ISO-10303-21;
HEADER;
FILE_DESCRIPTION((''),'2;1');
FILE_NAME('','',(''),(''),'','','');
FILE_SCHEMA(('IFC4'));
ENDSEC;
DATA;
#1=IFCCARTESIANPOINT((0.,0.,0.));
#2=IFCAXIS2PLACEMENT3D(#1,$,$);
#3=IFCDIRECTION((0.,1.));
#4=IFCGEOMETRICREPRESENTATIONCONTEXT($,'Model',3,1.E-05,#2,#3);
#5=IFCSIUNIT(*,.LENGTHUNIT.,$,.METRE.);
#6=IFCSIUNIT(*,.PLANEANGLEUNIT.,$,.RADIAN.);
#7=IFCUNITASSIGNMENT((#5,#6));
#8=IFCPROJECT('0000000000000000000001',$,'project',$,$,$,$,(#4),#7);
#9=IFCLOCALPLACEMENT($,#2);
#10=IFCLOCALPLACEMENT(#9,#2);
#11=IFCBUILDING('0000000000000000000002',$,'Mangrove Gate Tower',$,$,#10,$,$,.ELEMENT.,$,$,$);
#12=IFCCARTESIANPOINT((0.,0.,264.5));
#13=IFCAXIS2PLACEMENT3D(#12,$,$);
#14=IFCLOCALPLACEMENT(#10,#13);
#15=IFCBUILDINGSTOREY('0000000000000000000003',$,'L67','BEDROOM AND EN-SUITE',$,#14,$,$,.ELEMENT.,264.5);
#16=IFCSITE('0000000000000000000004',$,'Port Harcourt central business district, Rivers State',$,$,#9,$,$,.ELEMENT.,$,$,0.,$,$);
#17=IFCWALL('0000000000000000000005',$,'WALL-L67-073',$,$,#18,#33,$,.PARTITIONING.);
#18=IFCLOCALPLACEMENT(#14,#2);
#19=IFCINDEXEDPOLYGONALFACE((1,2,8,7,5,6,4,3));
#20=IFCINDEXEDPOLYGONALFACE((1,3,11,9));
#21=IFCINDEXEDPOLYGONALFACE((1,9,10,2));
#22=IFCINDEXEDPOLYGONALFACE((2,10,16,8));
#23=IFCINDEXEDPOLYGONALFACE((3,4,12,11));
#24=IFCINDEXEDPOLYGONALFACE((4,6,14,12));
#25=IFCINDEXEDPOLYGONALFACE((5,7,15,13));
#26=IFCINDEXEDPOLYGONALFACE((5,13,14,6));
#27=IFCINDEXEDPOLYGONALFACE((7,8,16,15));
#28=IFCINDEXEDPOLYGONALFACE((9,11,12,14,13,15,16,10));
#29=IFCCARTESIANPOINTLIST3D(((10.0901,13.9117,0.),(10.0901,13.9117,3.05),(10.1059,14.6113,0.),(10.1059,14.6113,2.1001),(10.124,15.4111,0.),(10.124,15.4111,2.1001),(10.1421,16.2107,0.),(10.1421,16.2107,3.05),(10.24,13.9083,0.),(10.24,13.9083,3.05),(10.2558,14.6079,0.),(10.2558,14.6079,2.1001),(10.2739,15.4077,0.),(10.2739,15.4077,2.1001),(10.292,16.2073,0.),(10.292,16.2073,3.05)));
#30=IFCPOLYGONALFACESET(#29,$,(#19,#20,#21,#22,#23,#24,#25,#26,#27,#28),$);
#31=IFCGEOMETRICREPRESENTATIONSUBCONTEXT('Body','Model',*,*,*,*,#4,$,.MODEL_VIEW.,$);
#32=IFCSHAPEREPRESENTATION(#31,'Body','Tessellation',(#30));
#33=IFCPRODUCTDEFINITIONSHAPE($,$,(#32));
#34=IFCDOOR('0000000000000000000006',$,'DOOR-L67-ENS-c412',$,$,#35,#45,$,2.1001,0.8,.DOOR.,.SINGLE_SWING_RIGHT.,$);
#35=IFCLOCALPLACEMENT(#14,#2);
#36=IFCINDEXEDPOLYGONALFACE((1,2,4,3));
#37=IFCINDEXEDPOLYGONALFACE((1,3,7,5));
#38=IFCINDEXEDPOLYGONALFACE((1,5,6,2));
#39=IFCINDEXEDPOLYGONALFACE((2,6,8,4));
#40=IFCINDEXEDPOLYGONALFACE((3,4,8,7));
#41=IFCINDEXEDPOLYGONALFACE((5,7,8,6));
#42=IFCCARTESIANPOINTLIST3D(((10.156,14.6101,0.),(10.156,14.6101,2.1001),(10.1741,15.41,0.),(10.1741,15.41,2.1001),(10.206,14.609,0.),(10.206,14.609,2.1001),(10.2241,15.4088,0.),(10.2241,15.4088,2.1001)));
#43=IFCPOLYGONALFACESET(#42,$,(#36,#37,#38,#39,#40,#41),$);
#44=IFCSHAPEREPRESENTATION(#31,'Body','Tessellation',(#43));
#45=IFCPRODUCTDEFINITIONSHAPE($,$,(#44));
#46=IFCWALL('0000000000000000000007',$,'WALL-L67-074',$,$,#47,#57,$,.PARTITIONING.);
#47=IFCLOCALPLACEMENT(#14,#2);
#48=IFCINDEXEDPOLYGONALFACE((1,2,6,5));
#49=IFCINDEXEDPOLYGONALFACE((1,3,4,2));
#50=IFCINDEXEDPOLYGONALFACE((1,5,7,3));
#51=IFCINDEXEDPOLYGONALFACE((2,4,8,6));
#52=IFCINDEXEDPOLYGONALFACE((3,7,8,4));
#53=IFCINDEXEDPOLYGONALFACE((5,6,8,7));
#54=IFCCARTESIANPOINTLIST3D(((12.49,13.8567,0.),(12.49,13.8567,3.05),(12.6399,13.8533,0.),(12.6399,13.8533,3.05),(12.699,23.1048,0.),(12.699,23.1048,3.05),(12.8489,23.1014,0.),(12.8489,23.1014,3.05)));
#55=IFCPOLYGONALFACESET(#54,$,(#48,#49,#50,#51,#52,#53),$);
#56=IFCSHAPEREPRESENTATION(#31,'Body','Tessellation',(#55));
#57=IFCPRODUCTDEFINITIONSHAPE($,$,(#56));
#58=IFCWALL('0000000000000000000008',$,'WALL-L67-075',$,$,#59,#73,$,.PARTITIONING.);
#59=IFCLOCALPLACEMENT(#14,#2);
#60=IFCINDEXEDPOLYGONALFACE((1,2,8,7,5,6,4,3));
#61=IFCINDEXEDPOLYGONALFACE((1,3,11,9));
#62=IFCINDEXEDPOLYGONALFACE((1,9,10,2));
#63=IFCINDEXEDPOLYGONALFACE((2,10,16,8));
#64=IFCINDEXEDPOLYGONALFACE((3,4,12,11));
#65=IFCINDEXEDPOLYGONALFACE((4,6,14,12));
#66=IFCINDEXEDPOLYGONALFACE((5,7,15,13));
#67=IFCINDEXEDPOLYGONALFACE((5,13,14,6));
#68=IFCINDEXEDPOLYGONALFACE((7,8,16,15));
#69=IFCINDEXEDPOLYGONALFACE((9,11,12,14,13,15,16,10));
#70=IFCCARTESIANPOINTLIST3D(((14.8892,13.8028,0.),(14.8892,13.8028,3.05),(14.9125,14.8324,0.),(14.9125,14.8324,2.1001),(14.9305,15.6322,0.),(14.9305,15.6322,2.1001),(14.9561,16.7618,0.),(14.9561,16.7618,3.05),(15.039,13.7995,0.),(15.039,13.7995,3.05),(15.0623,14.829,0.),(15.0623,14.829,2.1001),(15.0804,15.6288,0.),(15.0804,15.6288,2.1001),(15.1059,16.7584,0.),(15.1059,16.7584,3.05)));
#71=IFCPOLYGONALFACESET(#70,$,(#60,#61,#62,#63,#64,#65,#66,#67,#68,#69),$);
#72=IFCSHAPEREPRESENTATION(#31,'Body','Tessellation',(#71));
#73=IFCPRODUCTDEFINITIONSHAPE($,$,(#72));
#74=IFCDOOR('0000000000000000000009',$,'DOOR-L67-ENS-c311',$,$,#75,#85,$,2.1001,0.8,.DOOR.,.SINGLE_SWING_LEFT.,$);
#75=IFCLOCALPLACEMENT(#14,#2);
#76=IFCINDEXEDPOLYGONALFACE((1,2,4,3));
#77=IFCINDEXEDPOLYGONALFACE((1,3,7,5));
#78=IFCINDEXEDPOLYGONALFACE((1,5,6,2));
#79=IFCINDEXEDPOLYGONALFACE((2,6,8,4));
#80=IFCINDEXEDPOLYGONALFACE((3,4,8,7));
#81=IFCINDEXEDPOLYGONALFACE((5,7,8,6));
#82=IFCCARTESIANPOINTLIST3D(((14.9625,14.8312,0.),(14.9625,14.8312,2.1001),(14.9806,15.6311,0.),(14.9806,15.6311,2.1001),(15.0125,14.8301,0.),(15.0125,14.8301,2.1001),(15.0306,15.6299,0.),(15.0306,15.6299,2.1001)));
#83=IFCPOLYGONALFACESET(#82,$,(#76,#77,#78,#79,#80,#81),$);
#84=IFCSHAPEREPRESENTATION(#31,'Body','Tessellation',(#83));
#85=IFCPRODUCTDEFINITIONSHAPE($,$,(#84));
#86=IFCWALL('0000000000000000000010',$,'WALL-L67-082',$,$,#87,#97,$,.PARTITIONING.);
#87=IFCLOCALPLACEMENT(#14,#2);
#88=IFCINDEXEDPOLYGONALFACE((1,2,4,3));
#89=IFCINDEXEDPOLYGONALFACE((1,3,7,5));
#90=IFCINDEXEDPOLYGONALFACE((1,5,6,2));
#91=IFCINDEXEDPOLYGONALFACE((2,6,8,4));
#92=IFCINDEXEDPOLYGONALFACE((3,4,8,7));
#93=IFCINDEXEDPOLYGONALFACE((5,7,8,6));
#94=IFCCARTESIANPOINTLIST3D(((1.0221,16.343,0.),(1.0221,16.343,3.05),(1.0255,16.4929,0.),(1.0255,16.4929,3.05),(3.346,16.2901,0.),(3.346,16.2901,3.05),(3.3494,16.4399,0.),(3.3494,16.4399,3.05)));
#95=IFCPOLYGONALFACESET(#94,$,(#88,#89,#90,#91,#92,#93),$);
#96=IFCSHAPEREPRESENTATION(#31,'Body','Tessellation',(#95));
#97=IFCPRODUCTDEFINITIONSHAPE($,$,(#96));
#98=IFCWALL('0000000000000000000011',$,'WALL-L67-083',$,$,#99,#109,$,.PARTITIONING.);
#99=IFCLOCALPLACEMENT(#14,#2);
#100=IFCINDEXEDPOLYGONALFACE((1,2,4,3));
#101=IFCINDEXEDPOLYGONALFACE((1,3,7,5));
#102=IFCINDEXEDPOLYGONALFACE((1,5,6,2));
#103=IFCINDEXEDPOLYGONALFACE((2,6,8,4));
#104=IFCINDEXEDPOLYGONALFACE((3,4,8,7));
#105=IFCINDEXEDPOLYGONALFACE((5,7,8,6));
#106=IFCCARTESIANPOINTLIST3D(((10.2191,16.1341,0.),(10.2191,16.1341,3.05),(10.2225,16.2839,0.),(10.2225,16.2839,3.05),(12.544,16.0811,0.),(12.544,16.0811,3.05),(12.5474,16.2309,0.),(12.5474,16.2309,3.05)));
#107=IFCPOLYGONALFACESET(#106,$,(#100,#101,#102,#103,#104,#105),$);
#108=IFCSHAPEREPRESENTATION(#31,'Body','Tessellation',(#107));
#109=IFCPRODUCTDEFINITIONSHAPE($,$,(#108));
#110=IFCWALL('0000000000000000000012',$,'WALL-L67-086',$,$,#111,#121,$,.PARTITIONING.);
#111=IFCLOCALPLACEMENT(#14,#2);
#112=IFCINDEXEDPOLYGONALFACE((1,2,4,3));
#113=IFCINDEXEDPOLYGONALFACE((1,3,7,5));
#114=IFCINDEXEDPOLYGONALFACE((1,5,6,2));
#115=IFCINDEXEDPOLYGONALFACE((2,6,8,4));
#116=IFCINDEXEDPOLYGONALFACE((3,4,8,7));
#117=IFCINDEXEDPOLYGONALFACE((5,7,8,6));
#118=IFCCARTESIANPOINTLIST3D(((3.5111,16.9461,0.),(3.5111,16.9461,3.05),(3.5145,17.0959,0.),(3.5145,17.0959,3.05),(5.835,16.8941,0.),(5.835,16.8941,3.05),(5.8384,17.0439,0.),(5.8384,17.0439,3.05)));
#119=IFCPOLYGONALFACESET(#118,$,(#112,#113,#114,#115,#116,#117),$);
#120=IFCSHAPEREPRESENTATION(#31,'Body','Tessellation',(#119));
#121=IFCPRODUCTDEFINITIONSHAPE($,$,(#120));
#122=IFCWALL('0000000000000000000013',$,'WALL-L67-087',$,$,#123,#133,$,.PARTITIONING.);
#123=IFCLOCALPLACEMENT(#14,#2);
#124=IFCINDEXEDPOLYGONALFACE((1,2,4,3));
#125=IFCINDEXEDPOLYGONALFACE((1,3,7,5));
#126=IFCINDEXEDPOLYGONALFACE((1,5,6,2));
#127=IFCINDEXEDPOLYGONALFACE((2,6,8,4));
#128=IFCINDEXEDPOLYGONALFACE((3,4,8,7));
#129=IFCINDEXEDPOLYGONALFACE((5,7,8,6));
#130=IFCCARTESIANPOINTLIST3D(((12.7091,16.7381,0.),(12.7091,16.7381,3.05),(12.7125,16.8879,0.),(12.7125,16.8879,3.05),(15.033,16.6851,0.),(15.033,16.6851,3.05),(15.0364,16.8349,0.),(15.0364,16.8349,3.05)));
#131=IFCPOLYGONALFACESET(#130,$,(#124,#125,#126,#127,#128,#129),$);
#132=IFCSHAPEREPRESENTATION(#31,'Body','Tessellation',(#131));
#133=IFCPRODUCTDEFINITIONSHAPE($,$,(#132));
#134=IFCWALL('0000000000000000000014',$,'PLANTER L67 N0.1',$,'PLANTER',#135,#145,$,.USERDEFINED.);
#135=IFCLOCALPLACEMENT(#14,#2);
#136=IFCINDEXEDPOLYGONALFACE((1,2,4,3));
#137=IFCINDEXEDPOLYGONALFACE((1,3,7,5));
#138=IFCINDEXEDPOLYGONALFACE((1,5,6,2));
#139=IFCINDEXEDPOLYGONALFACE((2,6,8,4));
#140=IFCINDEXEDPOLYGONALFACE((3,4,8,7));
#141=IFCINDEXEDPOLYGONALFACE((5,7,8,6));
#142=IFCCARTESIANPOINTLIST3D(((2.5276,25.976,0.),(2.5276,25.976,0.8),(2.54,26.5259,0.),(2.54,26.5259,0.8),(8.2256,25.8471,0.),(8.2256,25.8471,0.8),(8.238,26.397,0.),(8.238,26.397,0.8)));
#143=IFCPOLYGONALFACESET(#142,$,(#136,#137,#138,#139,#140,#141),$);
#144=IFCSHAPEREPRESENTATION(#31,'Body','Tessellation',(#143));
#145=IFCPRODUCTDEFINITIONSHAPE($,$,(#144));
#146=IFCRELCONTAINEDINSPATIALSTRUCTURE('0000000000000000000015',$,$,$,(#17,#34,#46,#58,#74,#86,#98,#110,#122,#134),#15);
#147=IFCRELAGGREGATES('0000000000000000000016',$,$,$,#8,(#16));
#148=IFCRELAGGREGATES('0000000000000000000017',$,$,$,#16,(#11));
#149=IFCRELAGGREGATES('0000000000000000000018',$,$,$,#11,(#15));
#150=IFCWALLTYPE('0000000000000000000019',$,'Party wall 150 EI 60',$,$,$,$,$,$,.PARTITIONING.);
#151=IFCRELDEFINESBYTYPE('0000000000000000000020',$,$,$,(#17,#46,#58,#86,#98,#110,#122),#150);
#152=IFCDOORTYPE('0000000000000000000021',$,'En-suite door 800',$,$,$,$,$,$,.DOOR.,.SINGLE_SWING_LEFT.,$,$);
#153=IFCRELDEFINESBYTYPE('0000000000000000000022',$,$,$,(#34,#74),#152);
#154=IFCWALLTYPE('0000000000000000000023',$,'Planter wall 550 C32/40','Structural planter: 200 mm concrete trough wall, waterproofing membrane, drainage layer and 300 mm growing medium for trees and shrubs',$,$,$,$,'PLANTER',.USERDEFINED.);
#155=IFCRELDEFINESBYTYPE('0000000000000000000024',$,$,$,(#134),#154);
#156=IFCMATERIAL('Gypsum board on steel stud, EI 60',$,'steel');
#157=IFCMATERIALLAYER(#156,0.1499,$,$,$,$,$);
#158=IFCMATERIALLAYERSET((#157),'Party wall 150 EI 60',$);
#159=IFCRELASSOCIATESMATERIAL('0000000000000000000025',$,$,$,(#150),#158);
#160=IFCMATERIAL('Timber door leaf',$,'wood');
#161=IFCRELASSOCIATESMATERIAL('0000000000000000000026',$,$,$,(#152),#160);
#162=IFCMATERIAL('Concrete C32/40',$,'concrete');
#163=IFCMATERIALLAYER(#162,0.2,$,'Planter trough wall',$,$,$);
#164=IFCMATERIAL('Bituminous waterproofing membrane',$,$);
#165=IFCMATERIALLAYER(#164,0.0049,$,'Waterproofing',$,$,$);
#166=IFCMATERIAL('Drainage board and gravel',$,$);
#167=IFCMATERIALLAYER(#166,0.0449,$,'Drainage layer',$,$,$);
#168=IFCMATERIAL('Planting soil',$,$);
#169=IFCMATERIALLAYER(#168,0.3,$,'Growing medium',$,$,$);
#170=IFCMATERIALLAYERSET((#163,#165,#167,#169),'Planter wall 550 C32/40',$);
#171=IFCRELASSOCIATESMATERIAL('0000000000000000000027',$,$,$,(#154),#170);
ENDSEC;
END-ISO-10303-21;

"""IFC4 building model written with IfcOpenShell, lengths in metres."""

from ifc_helpers import new_model, si_unit, direction, frame, frame_2d, origin, place, context, subcontext, project, spatial, rectangle, extrude, material, layer, layer_set, type_object, element, fill, save


model = new_model("IFC4")

# Units and contexts
model_context = context("Model", 3, precision=1e-05, world=origin(), true_north=direction((0.0, 1.0)))
body_context = subcontext(model_context, "Body", "Model", "MODEL_VIEW")
ifc_project = project(units=[si_unit("LENGTHUNIT", "METRE"), si_unit("PLANEANGLEUNIT", "RADIAN")], contexts=[model_context])

# Site, building, storey
site_placement = place(None, origin())
site = spatial("IfcSite", under=ifc_project, at=site_placement, Name="Port Harcourt central business district, Rivers State", CompositionType="ELEMENT", RefElevation=0.0)
building_placement = place(site_placement, origin())
building = spatial("IfcBuilding", under=site, at=building_placement, Name="Mangrove Gate Tower", CompositionType="ELEMENT")
storey_placement = place(building_placement, frame((0.0, 0.0, 264.5)))
storey = spatial("IfcBuildingStorey", under=building, at=storey_placement, Name="L67", Description="BEDROOM AND EN-SUITE", CompositionType="ELEMENT", Elevation=264.5)

# Shared definitions
ifc_material_1 = material(Name="Gypsum board on steel stud, EI 60", Category="steel")
ifc_layer_1 = layer(ifc_material_1, 0.1499)
ifc_layer_set_1 = layer_set([ifc_layer_1], Name="Party wall 150 EI 60")
wall_type_1 = type_object("IfcWallType", Name="Party wall 150 EI 60", PredefinedType="PARTITIONING", material=ifc_layer_set_1)
ifc_material_2 = material(Name="Timber door leaf", Category="wood")
door_type = type_object("IfcDoorType", Name="En-suite door 800", OperationType="SINGLE_SWING_LEFT", PredefinedType="DOOR", material=ifc_material_2)

# Wall, opening, door
wall_1_placement = place(storey_placement, frame((10.165, 13.9099, 0.0), z_axis=(0.0, 0.0, 1.0), x_axis=(0.022613, 0.999744, 0.0)))
wall_1 = element("IfcWall", 1, at=wall_1_placement, inside=storey, type_object=wall_type_1, Name="WALL-L67-073", PredefinedType="PARTITIONING", context=body_context, shape_type="SweptSolid", body=[
    extrude(rectangle(XDim=2.2996, YDim=0.1499, at=frame_2d((1.1499, 0.0))), origin(), (0.0, 0.0, 1.0), 3.05),
])
opening_1_placement = place(wall_1_placement, frame((0.7, 0.0, 0.0)))
opening_1 = element("IfcOpeningElement", 2, at=opening_1_placement, cuts=wall_1, PredefinedType="OPENING", context=body_context, shape_type="SweptSolid", body=[
    extrude(rectangle(XDim=0.8, YDim=2.1001, at=frame_2d((0.3999, 1.05))), frame((0.0, 0.085, 0.0), z_axis=(0.0, -1.0, 0.0), x_axis=(1.0, 0.0, 0.0)), (0.0, 0.0, 1.0), 0.1699),
])
door_1_placement = place(opening_1_placement, origin())
door_1 = element("IfcDoor", 3, at=door_1_placement, inside=storey, type_object=door_type, Name="DOOR-L67-ENS-c412", OperationType="SINGLE_SWING_RIGHT", OverallHeight=2.1001, OverallWidth=0.8, PredefinedType="DOOR", context=body_context, shape_type="SweptSolid", body=[
    extrude(rectangle(XDim=0.8, YDim=2.1001, at=frame_2d((0.3999, 1.05))), frame((0.0, 0.0249, 0.0), z_axis=(0.0, -1.0, 0.0), x_axis=(1.0, 0.0, 0.0)), (0.0, 0.0, 1.0), 0.05),
])
fill(opening_1, door_1)

# Wall
wall_2_placement = place(storey_placement, frame((12.5649, 13.855, 0.0), z_axis=(0.0, 0.0, 1.0), x_axis=(0.022592, 0.999745, 0.0)))
element("IfcWall", 4, at=wall_2_placement, inside=storey, type_object=wall_type_1, Name="WALL-L67-074", PredefinedType="PARTITIONING", context=body_context, shape_type="SweptSolid", body=[
    extrude(rectangle(XDim=9.2505, YDim=0.1499, at=frame_2d((4.6252, 0.0))), origin(), (0.0, 0.0, 1.0), 3.05),
])

# Wall, opening, door
wall_3_placement = place(storey_placement, frame((14.9641, 13.801, 0.0), z_axis=(0.0, 0.0, 1.0), x_axis=(0.022601, 0.999745, 0.0)))
wall_3 = element("IfcWall", 5, at=wall_3_placement, inside=storey, type_object=wall_type_1, Name="WALL-L67-075", PredefinedType="PARTITIONING", context=body_context, shape_type="SweptSolid", body=[
    extrude(rectangle(XDim=2.9597, YDim=0.1499, at=frame_2d((1.48, 0.0))), origin(), (0.0, 0.0, 1.0), 3.05),
])
opening_2_placement = place(wall_3_placement, frame((1.03, 0.0, 0.0)))
opening_2 = element("IfcOpeningElement", 6, at=opening_2_placement, cuts=wall_3, PredefinedType="OPENING", context=body_context, shape_type="SweptSolid", body=[
    extrude(rectangle(XDim=0.8, YDim=2.1001, at=frame_2d((0.3999, 1.05))), frame((0.0, 0.085, 0.0), z_axis=(0.0, -1.0, 0.0), x_axis=(1.0, 0.0, 0.0)), (0.0, 0.0, 1.0), 0.1699),
])
door_2_placement = place(opening_2_placement, origin())
door_2 = element("IfcDoor", 7, at=door_2_placement, inside=storey, type_object=door_type, Name="DOOR-L67-ENS-c311", OperationType="SINGLE_SWING_LEFT", OverallHeight=2.1001, OverallWidth=0.8, PredefinedType="DOOR", context=body_context, shape_type="SweptSolid", body=[
    extrude(rectangle(XDim=0.8, YDim=2.1001, at=frame_2d((0.3999, 1.05))), frame((0.0, 0.0249, 0.0), z_axis=(0.0, -1.0, 0.0), x_axis=(1.0, 0.0, 0.0)), (0.0, 0.0, 1.0), 0.05),
])
fill(opening_2, door_2)

# Walls
wall_4_placement = place(storey_placement, frame((1.0239, 16.418, 0.0), z_axis=(0.0, 0.0, 1.0), x_axis=(0.99974, -0.022791, 0.0)))
element("IfcWall", 8, at=wall_4_placement, inside=storey, type_object=wall_type_1, Name="WALL-L67-082", PredefinedType="PARTITIONING", context=body_context, shape_type="SweptSolid", body=[
    extrude(rectangle(XDim=2.3245, YDim=0.1499, at=frame_2d((1.1621, 0.0))), origin(), (0.0, 0.0, 1.0), 3.05),
])
wall_5_placement = place(storey_placement, frame((10.2209, 16.209, 0.0), z_axis=(0.0, 0.0, 1.0), x_axis=(0.99974, -0.022781, 0.0)))
element("IfcWall", 9, at=wall_5_placement, inside=storey, type_object=wall_type_1, Name="WALL-L67-083", PredefinedType="PARTITIONING", context=body_context, shape_type="SweptSolid", body=[
    extrude(rectangle(XDim=2.3254, YDim=0.1499, at=frame_2d((1.1626, 0.0))), origin(), (0.0, 0.0, 1.0), 3.05),
])
for number, where, z_axis, x_axis, name in (
    (10, (3.5129, 17.021, 0.0), (0.0, 0.0, 1.0), (0.99975, -0.022371, 0.0), "WALL-L67-086"),
    (11, (12.7109, 16.813, 0.0), (0.0, 0.0, 1.0), (0.99974, -0.022791, 0.0), "WALL-L67-087"),
):
    element("IfcWall", number, at=place(storey_placement, frame(where, z_axis=z_axis, x_axis=x_axis)), inside=storey, type_object=wall_type_1, Name=name, PredefinedType="PARTITIONING", context=body_context, shape_type="SweptSolid", body=[
        extrude(rectangle(XDim=2.3245, YDim=0.1499, at=frame_2d((1.1621, 0.0))), origin(), (0.0, 0.0, 1.0), 3.05),
    ])
ifc_material_3 = material(Name="Concrete C32/40", Category="concrete")
ifc_layer_2 = layer(ifc_material_3, 0.2, Name="Planter trough wall")
ifc_material_4 = material(Name="Bituminous waterproofing membrane")
ifc_layer_3 = layer(ifc_material_4, 0.0049, Name="Waterproofing")
ifc_material_5 = material(Name="Drainage board and gravel")
ifc_layer_4 = layer(ifc_material_5, 0.0449, Name="Drainage layer")
ifc_material_6 = material(Name="Planting soil")
ifc_layer_5 = layer(ifc_material_6, 0.3, Name="Growing medium")
ifc_layer_set_2 = layer_set([ifc_layer_2, ifc_layer_3, ifc_layer_4, ifc_layer_5], Name="Planter wall 550 C32/40")
wall_type_2 = type_object("IfcWallType", Name="Planter wall 550 C32/40", Description="Structural planter: 200 mm concrete trough wall, waterproofing membrane, drainage layer and 300 mm growing medium for trees and shrubs", ElementType="PLANTER", PredefinedType="USERDEFINED", material=ifc_layer_set_2)
wall_6_placement = place(storey_placement, frame((2.5339, 26.251, 0.0), z_axis=(0.0, 0.0, 1.0), x_axis=(0.999744, -0.022617, 0.0)))
element("IfcWall", 12, at=wall_6_placement, inside=storey, type_object=wall_type_2, Name="PLANTER L67 N0.1", ObjectType="PLANTER", PredefinedType="USERDEFINED", context=body_context, shape_type="SweptSolid", body=[
    extrude(rectangle(XDim=5.6995, YDim=0.55, at=frame_2d((2.8496, 0.0))), origin(), (0.0, 0.0, 1.0), 0.8),
])

save(model, "model.ifc")
